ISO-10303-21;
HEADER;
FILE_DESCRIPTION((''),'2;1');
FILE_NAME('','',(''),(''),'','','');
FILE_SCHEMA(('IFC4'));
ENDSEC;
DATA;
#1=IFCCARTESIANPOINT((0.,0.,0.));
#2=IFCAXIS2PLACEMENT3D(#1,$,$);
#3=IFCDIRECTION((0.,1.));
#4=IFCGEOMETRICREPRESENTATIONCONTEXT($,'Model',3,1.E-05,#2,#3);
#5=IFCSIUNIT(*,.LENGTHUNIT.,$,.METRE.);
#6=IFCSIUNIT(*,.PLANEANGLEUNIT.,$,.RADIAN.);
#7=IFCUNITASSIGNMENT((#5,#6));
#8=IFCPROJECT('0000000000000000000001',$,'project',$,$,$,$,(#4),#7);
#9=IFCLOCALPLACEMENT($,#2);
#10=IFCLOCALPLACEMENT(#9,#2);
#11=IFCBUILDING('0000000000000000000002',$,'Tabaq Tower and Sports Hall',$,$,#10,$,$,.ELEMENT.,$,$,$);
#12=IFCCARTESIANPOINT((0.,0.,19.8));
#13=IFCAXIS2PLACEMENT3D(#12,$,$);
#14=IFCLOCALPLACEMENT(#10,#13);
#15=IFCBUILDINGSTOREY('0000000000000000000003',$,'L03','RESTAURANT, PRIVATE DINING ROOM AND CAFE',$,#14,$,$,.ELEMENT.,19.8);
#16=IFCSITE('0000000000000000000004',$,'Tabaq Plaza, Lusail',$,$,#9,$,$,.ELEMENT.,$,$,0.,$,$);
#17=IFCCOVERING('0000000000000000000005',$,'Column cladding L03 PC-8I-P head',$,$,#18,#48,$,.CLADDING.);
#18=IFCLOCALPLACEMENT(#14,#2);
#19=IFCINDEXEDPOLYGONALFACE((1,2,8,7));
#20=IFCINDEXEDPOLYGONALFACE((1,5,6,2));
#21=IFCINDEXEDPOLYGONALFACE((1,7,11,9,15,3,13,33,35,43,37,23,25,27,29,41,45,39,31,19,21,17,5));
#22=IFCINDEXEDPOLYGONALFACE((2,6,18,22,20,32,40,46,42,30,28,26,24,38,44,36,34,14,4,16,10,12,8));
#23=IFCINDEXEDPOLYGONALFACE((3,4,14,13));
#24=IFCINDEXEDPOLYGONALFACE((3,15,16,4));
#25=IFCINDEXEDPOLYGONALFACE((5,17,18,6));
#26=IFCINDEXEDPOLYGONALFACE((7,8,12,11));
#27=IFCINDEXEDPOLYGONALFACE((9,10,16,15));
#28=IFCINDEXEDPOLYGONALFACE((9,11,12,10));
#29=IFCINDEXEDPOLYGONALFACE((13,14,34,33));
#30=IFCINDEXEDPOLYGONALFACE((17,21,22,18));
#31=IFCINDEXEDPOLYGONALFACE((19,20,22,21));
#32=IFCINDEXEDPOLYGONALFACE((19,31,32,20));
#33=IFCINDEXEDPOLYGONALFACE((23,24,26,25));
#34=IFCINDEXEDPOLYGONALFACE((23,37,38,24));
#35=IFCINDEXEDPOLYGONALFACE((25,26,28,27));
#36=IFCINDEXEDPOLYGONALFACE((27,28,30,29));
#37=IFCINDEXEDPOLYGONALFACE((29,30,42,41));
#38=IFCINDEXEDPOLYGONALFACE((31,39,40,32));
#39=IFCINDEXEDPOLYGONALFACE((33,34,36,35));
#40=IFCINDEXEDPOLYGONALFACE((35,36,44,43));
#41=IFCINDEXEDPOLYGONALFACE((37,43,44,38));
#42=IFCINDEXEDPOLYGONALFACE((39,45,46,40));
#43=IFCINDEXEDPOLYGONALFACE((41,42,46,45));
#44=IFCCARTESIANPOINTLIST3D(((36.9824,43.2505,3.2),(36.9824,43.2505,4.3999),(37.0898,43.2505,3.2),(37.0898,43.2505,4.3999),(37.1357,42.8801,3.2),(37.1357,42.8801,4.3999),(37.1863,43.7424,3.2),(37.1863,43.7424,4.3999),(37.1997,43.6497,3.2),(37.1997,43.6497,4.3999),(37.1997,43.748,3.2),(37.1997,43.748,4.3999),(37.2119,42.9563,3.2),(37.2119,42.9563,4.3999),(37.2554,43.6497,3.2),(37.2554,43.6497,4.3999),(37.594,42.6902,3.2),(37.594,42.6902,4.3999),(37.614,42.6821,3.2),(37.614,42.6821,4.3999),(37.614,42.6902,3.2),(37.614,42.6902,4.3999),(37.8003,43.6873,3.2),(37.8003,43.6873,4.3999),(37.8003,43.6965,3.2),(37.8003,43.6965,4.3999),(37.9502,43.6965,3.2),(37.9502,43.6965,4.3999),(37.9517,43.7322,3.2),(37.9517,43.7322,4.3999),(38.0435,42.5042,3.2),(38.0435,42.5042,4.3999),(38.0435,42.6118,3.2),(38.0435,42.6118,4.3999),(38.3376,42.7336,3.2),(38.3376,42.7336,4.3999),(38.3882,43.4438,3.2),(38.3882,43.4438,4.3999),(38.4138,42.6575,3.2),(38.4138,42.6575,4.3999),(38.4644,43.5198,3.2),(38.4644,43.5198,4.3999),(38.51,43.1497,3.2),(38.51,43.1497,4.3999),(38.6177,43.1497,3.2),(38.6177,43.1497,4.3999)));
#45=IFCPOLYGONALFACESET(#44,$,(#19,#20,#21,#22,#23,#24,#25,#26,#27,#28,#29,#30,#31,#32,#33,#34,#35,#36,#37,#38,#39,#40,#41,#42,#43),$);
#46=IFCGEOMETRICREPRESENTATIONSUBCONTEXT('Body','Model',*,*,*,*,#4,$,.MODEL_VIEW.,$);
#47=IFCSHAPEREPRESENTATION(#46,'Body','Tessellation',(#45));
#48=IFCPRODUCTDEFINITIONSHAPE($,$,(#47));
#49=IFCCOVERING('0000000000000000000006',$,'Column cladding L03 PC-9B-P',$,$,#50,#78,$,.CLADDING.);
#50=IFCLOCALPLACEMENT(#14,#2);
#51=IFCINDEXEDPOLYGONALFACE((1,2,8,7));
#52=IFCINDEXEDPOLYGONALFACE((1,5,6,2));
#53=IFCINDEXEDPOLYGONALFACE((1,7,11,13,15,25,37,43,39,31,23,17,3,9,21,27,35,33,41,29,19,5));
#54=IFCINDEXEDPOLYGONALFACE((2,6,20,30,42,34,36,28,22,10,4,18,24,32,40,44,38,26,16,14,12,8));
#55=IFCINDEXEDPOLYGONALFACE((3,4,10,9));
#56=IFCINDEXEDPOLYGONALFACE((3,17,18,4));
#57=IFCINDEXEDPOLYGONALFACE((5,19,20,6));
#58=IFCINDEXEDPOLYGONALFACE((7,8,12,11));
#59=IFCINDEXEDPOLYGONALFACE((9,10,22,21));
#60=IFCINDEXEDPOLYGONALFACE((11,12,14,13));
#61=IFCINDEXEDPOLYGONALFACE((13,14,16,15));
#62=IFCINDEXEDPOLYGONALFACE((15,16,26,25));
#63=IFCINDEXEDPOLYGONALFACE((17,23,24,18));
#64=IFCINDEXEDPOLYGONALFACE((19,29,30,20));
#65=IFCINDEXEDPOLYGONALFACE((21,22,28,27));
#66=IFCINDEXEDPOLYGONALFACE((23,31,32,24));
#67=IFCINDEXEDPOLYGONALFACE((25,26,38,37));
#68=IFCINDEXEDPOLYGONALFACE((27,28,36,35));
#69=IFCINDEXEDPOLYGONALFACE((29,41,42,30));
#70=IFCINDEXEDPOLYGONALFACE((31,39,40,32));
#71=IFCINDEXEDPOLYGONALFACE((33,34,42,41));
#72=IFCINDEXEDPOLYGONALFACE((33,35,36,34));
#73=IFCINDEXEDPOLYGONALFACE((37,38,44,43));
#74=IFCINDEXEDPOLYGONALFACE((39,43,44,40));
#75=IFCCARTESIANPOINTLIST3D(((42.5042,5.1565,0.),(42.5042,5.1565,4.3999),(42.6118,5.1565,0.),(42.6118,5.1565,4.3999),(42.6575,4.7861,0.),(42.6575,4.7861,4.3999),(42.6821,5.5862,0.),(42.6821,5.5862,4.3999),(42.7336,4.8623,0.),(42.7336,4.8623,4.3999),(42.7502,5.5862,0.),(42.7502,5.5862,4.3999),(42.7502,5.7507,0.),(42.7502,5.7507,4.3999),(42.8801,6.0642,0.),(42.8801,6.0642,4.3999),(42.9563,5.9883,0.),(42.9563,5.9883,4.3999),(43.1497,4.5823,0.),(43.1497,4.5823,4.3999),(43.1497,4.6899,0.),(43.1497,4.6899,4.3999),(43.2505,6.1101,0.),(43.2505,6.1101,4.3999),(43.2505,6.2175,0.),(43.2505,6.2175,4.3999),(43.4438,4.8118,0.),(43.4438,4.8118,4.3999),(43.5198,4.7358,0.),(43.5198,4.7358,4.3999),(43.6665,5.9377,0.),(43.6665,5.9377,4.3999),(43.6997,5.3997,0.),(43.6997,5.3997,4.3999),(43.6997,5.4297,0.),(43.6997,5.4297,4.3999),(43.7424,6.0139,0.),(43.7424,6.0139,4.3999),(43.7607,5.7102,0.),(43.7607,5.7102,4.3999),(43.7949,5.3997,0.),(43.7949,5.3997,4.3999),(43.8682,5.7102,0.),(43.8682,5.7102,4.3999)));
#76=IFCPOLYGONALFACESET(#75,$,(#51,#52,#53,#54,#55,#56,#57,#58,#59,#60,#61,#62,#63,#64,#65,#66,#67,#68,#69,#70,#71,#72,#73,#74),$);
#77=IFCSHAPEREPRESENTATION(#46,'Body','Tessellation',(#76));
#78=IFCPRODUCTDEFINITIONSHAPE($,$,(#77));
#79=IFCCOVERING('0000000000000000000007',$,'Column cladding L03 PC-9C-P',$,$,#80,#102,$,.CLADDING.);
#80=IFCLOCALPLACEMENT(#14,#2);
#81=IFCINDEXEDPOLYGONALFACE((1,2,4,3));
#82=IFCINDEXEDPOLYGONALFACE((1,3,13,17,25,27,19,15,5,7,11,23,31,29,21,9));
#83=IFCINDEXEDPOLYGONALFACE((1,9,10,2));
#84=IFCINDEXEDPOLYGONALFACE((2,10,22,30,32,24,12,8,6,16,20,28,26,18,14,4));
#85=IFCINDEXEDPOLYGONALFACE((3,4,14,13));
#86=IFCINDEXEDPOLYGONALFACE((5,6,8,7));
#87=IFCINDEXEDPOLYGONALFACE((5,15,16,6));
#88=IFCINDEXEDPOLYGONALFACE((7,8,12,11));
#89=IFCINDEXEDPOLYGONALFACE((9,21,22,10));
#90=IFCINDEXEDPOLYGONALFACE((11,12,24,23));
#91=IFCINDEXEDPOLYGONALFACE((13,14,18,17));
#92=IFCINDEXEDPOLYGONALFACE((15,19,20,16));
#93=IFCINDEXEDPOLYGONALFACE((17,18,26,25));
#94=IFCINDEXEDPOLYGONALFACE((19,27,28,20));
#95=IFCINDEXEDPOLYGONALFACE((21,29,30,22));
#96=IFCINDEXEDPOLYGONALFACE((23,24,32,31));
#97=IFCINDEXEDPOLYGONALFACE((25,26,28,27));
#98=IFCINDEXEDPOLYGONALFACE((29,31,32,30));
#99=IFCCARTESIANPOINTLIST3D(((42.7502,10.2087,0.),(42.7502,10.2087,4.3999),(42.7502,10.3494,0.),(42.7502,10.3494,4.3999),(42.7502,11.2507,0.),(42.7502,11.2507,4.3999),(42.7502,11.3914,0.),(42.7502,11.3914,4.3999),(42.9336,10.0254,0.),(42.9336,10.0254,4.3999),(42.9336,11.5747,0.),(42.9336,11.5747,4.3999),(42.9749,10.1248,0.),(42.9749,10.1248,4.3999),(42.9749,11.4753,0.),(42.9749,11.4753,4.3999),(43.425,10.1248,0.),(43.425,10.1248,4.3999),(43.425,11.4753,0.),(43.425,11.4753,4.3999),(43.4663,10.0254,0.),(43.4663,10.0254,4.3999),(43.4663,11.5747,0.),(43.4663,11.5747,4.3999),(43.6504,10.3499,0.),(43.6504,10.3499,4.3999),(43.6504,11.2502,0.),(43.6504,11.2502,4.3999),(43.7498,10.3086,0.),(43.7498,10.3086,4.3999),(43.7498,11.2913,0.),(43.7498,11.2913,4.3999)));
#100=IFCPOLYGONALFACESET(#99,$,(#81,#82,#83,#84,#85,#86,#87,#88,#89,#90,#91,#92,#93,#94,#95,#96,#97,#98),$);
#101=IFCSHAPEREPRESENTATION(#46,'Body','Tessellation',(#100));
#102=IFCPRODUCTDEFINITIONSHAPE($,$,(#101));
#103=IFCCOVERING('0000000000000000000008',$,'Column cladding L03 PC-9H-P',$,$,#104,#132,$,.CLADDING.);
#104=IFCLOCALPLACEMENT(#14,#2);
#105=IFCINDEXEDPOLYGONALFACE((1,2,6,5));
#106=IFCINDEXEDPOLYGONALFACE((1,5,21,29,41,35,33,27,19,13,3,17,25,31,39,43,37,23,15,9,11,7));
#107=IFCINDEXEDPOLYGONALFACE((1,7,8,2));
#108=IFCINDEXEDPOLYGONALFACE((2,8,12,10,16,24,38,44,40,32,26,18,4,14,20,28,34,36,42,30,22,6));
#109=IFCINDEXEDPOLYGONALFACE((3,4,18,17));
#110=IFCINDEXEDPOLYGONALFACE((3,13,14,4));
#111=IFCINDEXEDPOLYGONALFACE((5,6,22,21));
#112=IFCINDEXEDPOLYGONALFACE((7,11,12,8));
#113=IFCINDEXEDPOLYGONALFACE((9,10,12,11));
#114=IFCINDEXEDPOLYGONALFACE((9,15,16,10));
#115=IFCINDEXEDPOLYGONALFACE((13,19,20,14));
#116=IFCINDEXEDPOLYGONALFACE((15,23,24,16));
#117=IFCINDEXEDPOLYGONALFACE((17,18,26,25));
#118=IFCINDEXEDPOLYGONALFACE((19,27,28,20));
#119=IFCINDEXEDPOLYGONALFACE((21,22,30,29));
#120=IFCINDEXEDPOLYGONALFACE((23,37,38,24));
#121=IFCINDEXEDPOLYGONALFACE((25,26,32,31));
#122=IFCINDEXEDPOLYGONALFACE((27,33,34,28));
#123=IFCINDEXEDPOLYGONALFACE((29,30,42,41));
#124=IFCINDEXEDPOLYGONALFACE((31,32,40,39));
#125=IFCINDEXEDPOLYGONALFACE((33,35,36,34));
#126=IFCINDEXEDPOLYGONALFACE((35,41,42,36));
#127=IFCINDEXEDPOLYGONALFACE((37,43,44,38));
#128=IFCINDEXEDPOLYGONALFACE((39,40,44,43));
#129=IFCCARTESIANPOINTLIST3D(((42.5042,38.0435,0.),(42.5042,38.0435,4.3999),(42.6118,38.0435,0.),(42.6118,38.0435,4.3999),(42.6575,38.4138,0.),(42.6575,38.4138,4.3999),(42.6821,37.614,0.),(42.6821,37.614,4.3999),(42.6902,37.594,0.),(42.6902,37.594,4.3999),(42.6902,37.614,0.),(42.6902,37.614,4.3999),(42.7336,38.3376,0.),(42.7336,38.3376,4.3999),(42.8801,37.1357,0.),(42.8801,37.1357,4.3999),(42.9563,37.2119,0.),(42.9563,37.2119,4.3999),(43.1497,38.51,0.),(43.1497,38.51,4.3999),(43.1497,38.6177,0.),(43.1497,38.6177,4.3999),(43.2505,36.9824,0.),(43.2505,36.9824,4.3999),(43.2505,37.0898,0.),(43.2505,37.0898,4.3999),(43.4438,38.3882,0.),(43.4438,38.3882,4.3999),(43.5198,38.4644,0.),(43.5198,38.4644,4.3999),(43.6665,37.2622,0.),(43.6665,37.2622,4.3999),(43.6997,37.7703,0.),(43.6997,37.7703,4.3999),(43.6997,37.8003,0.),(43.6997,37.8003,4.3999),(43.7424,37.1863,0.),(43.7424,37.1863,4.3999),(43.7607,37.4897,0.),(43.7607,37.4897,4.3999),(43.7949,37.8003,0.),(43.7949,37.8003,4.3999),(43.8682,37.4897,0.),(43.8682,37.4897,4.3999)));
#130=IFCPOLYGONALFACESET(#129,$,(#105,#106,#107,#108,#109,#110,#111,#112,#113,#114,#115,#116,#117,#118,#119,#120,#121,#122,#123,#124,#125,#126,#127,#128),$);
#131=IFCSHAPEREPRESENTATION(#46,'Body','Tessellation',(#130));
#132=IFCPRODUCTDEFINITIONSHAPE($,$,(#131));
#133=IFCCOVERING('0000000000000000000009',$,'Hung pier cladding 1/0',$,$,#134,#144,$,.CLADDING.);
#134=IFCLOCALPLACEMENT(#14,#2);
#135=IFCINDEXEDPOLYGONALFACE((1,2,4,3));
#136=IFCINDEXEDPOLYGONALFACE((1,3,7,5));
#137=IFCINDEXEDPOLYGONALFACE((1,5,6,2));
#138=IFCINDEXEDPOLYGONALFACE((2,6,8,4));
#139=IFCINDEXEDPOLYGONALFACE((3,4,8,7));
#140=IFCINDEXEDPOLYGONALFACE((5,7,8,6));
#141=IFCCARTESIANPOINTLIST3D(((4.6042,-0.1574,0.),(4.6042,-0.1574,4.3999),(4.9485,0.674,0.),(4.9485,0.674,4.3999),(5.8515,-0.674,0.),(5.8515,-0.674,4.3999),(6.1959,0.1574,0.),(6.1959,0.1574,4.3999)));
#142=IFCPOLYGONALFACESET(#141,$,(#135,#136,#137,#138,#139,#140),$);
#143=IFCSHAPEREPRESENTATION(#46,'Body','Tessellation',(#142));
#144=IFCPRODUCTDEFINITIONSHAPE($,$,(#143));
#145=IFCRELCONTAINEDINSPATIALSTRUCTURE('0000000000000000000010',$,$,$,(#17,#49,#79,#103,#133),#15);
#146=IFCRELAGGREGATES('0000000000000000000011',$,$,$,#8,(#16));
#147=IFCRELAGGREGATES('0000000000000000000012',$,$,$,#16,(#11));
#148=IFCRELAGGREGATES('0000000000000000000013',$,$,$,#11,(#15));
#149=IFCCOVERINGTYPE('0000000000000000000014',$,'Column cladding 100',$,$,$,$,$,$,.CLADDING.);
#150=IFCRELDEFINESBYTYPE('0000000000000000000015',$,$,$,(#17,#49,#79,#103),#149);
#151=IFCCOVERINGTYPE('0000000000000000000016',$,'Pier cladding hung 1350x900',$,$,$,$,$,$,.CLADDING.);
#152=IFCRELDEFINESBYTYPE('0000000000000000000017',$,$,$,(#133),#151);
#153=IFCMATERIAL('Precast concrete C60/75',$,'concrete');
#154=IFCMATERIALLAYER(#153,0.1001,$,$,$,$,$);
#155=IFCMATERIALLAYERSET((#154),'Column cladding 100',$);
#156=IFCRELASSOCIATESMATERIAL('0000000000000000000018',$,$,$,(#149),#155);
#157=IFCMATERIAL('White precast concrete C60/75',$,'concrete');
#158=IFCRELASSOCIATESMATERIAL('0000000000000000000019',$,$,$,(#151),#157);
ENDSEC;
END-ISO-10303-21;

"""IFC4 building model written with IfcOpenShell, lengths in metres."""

from ifc_helpers import new_model, si_unit, direction, frame, frame_2d, origin, place, context, subcontext, project, spatial, polyline, rectangle, outline, extrude, material, layer, layer_set, type_object, element, save


model = new_model("IFC4")

# Units and contexts
model_context = context("Model", 3, precision=1e-05, world=origin(), true_north=direction((0.0, 1.0)))
body_context = subcontext(model_context, "Body", "Model", "MODEL_VIEW")
ifc_project = project(units=[si_unit("LENGTHUNIT", "METRE"), si_unit("PLANEANGLEUNIT", "RADIAN")], contexts=[model_context])

# Site, building, storey
site_placement = place(None, origin())
site = spatial("IfcSite", under=ifc_project, at=site_placement, Name="Tabaq Plaza, Lusail", CompositionType="ELEMENT", RefElevation=0.0)
building_placement = place(site_placement, origin())
building = spatial("IfcBuilding", under=site, at=building_placement, Name="Tabaq Tower and Sports Hall", CompositionType="ELEMENT")
storey_placement = place(building_placement, frame((0.0, 0.0, 19.8)))
storey = spatial("IfcBuildingStorey", under=building, at=storey_placement, Name="L03", Description="RESTAURANT, PRIVATE DINING ROOM AND CAFE", CompositionType="ELEMENT", Elevation=19.8)

# Coverings
ifc_material_1 = material(Name="Precast concrete C60/75", Category="concrete")
ifc_layer_1 = layer(ifc_material_1, 0.1001)
ifc_layer_set_1 = layer_set([ifc_layer_1], Name="Column cladding 100")
covering_type_1 = type_object("IfcCoveringType", Name="Column cladding 100", PredefinedType="CLADDING", material=ifc_layer_set_1)
covering_1_placement = place(storey_placement, frame((0.0, 0.0, 3.2)))
element("IfcCovering", 1, at=covering_1_placement, inside=storey, type_object=covering_type_1, Name="Column cladding L03 PC-8I-P head", PredefinedType="CLADDING", context=body_context, shape_type="SweptSolid", body=[
    extrude(outline(polyline([(38.0435, 42.5042), (37.614, 42.6821), (37.614, 42.6902), (37.594, 42.6902), (37.1357, 42.8801), (36.9824, 43.2505), (37.1863, 43.7424), (37.1997, 43.748), (37.1997, 43.6497), (37.2554, 43.6497), (37.0898, 43.2505), (37.2119, 42.9563), (38.0435, 42.6118), (38.3376, 42.7336), (38.51, 43.1497), (38.3882, 43.4438), (37.8003, 43.6873), (37.8003, 43.6965), (37.9502, 43.6965), (37.9517, 43.7322), (38.4644, 43.5198), (38.6177, 43.1497), (38.4138, 42.6575), (38.0435, 42.5042)])), origin(), (0.0, 0.0, 1.0), 1.2),
])
covering_2_placement = place(storey_placement, origin())
element("IfcCovering", 2, at=covering_2_placement, inside=storey, type_object=covering_type_1, Name="Column cladding L03 PC-9B-P", PredefinedType="CLADDING", context=body_context, shape_type="SweptSolid", body=[
    extrude(outline(polyline([(42.6575, 4.7861), (42.5042, 5.1565), (42.6821, 5.5862), (42.7502, 5.5862), (42.7502, 5.7507), (42.8801, 6.0642), (43.2505, 6.2175), (43.7424, 6.0139), (43.8682, 5.7102), (43.7607, 5.7102), (43.6665, 5.9377), (43.2505, 6.1101), (42.9563, 5.9883), (42.6118, 5.1565), (42.7336, 4.8623), (43.1497, 4.6899), (43.4438, 4.8118), (43.6997, 5.4297), (43.6997, 5.3997), (43.7949, 5.3997), (43.5198, 4.7358), (43.1497, 4.5823), (42.6575, 4.7861)])), origin(), (0.0, 0.0, 1.0), 4.3999),
])
covering_3_placement = place(storey_placement, origin())
element("IfcCovering", 3, at=covering_3_placement, inside=storey, type_object=covering_type_1, Name="Column cladding L03 PC-9C-P", PredefinedType="CLADDING", context=body_context, shape_type="SweptSolid", body=[
    extrude(outline(polyline([(42.9336, 10.0254), (42.7502, 10.2087), (42.7502, 10.3494), (42.9749, 10.1248), (43.425, 10.1248), (43.6504, 10.3499), (43.6504, 11.2502), (43.425, 11.4753), (42.9749, 11.4753), (42.7502, 11.2507), (42.7502, 11.3914), (42.9336, 11.5747), (43.4663, 11.5747), (43.7498, 11.2913), (43.7498, 10.3086), (43.4663, 10.0254), (42.9336, 10.0254)])), origin(), (0.0, 0.0, 1.0), 4.3999),
])
covering_4_placement = place(storey_placement, origin())
element("IfcCovering", 4, at=covering_4_placement, inside=storey, type_object=covering_type_1, Name="Column cladding L03 PC-9H-P", PredefinedType="CLADDING", context=body_context, shape_type="SweptSolid", body=[
    extrude(outline(polyline([(43.2505, 36.9824), (42.8801, 37.1357), (42.6902, 37.594), (42.6902, 37.614), (42.6821, 37.614), (42.5042, 38.0435), (42.6575, 38.4138), (43.1497, 38.6177), (43.5198, 38.4644), (43.7949, 37.8003), (43.6997, 37.8003), (43.6997, 37.7703), (43.4438, 38.3882), (43.1497, 38.51), (42.7336, 38.3376), (42.6118, 38.0435), (42.9563, 37.2119), (43.2505, 37.0898), (43.6665, 37.2622), (43.7607, 37.4897), (43.8682, 37.4897), (43.7424, 37.1863), (43.2505, 36.9824)])), origin(), (0.0, 0.0, 1.0), 4.3999),
])
ifc_material_2 = material(Name="White precast concrete C60/75", Category="concrete")
covering_type_2 = type_object("IfcCoveringType", Name="Pier cladding hung 1350x900", PredefinedType="CLADDING", material=ifc_material_2)
covering_5_placement = place(storey_placement, frame((4.7764, 0.2583, 0.0), z_axis=(0.0, 0.0, 1.0), x_axis=(0.923893, -0.38265, 0.0)))
element("IfcCovering", 5, at=covering_5_placement, inside=storey, type_object=covering_type_2, Name="Hung pier cladding 1/0", PredefinedType="CLADDING", context=body_context, shape_type="SweptSolid", body=[
    extrude(rectangle(XDim=1.3501, YDim=0.8999, at=frame_2d((0.675, 0.0))), origin(), (0.0, 0.0, 1.0), 4.3999),
])

save(model, "model.ifc")
